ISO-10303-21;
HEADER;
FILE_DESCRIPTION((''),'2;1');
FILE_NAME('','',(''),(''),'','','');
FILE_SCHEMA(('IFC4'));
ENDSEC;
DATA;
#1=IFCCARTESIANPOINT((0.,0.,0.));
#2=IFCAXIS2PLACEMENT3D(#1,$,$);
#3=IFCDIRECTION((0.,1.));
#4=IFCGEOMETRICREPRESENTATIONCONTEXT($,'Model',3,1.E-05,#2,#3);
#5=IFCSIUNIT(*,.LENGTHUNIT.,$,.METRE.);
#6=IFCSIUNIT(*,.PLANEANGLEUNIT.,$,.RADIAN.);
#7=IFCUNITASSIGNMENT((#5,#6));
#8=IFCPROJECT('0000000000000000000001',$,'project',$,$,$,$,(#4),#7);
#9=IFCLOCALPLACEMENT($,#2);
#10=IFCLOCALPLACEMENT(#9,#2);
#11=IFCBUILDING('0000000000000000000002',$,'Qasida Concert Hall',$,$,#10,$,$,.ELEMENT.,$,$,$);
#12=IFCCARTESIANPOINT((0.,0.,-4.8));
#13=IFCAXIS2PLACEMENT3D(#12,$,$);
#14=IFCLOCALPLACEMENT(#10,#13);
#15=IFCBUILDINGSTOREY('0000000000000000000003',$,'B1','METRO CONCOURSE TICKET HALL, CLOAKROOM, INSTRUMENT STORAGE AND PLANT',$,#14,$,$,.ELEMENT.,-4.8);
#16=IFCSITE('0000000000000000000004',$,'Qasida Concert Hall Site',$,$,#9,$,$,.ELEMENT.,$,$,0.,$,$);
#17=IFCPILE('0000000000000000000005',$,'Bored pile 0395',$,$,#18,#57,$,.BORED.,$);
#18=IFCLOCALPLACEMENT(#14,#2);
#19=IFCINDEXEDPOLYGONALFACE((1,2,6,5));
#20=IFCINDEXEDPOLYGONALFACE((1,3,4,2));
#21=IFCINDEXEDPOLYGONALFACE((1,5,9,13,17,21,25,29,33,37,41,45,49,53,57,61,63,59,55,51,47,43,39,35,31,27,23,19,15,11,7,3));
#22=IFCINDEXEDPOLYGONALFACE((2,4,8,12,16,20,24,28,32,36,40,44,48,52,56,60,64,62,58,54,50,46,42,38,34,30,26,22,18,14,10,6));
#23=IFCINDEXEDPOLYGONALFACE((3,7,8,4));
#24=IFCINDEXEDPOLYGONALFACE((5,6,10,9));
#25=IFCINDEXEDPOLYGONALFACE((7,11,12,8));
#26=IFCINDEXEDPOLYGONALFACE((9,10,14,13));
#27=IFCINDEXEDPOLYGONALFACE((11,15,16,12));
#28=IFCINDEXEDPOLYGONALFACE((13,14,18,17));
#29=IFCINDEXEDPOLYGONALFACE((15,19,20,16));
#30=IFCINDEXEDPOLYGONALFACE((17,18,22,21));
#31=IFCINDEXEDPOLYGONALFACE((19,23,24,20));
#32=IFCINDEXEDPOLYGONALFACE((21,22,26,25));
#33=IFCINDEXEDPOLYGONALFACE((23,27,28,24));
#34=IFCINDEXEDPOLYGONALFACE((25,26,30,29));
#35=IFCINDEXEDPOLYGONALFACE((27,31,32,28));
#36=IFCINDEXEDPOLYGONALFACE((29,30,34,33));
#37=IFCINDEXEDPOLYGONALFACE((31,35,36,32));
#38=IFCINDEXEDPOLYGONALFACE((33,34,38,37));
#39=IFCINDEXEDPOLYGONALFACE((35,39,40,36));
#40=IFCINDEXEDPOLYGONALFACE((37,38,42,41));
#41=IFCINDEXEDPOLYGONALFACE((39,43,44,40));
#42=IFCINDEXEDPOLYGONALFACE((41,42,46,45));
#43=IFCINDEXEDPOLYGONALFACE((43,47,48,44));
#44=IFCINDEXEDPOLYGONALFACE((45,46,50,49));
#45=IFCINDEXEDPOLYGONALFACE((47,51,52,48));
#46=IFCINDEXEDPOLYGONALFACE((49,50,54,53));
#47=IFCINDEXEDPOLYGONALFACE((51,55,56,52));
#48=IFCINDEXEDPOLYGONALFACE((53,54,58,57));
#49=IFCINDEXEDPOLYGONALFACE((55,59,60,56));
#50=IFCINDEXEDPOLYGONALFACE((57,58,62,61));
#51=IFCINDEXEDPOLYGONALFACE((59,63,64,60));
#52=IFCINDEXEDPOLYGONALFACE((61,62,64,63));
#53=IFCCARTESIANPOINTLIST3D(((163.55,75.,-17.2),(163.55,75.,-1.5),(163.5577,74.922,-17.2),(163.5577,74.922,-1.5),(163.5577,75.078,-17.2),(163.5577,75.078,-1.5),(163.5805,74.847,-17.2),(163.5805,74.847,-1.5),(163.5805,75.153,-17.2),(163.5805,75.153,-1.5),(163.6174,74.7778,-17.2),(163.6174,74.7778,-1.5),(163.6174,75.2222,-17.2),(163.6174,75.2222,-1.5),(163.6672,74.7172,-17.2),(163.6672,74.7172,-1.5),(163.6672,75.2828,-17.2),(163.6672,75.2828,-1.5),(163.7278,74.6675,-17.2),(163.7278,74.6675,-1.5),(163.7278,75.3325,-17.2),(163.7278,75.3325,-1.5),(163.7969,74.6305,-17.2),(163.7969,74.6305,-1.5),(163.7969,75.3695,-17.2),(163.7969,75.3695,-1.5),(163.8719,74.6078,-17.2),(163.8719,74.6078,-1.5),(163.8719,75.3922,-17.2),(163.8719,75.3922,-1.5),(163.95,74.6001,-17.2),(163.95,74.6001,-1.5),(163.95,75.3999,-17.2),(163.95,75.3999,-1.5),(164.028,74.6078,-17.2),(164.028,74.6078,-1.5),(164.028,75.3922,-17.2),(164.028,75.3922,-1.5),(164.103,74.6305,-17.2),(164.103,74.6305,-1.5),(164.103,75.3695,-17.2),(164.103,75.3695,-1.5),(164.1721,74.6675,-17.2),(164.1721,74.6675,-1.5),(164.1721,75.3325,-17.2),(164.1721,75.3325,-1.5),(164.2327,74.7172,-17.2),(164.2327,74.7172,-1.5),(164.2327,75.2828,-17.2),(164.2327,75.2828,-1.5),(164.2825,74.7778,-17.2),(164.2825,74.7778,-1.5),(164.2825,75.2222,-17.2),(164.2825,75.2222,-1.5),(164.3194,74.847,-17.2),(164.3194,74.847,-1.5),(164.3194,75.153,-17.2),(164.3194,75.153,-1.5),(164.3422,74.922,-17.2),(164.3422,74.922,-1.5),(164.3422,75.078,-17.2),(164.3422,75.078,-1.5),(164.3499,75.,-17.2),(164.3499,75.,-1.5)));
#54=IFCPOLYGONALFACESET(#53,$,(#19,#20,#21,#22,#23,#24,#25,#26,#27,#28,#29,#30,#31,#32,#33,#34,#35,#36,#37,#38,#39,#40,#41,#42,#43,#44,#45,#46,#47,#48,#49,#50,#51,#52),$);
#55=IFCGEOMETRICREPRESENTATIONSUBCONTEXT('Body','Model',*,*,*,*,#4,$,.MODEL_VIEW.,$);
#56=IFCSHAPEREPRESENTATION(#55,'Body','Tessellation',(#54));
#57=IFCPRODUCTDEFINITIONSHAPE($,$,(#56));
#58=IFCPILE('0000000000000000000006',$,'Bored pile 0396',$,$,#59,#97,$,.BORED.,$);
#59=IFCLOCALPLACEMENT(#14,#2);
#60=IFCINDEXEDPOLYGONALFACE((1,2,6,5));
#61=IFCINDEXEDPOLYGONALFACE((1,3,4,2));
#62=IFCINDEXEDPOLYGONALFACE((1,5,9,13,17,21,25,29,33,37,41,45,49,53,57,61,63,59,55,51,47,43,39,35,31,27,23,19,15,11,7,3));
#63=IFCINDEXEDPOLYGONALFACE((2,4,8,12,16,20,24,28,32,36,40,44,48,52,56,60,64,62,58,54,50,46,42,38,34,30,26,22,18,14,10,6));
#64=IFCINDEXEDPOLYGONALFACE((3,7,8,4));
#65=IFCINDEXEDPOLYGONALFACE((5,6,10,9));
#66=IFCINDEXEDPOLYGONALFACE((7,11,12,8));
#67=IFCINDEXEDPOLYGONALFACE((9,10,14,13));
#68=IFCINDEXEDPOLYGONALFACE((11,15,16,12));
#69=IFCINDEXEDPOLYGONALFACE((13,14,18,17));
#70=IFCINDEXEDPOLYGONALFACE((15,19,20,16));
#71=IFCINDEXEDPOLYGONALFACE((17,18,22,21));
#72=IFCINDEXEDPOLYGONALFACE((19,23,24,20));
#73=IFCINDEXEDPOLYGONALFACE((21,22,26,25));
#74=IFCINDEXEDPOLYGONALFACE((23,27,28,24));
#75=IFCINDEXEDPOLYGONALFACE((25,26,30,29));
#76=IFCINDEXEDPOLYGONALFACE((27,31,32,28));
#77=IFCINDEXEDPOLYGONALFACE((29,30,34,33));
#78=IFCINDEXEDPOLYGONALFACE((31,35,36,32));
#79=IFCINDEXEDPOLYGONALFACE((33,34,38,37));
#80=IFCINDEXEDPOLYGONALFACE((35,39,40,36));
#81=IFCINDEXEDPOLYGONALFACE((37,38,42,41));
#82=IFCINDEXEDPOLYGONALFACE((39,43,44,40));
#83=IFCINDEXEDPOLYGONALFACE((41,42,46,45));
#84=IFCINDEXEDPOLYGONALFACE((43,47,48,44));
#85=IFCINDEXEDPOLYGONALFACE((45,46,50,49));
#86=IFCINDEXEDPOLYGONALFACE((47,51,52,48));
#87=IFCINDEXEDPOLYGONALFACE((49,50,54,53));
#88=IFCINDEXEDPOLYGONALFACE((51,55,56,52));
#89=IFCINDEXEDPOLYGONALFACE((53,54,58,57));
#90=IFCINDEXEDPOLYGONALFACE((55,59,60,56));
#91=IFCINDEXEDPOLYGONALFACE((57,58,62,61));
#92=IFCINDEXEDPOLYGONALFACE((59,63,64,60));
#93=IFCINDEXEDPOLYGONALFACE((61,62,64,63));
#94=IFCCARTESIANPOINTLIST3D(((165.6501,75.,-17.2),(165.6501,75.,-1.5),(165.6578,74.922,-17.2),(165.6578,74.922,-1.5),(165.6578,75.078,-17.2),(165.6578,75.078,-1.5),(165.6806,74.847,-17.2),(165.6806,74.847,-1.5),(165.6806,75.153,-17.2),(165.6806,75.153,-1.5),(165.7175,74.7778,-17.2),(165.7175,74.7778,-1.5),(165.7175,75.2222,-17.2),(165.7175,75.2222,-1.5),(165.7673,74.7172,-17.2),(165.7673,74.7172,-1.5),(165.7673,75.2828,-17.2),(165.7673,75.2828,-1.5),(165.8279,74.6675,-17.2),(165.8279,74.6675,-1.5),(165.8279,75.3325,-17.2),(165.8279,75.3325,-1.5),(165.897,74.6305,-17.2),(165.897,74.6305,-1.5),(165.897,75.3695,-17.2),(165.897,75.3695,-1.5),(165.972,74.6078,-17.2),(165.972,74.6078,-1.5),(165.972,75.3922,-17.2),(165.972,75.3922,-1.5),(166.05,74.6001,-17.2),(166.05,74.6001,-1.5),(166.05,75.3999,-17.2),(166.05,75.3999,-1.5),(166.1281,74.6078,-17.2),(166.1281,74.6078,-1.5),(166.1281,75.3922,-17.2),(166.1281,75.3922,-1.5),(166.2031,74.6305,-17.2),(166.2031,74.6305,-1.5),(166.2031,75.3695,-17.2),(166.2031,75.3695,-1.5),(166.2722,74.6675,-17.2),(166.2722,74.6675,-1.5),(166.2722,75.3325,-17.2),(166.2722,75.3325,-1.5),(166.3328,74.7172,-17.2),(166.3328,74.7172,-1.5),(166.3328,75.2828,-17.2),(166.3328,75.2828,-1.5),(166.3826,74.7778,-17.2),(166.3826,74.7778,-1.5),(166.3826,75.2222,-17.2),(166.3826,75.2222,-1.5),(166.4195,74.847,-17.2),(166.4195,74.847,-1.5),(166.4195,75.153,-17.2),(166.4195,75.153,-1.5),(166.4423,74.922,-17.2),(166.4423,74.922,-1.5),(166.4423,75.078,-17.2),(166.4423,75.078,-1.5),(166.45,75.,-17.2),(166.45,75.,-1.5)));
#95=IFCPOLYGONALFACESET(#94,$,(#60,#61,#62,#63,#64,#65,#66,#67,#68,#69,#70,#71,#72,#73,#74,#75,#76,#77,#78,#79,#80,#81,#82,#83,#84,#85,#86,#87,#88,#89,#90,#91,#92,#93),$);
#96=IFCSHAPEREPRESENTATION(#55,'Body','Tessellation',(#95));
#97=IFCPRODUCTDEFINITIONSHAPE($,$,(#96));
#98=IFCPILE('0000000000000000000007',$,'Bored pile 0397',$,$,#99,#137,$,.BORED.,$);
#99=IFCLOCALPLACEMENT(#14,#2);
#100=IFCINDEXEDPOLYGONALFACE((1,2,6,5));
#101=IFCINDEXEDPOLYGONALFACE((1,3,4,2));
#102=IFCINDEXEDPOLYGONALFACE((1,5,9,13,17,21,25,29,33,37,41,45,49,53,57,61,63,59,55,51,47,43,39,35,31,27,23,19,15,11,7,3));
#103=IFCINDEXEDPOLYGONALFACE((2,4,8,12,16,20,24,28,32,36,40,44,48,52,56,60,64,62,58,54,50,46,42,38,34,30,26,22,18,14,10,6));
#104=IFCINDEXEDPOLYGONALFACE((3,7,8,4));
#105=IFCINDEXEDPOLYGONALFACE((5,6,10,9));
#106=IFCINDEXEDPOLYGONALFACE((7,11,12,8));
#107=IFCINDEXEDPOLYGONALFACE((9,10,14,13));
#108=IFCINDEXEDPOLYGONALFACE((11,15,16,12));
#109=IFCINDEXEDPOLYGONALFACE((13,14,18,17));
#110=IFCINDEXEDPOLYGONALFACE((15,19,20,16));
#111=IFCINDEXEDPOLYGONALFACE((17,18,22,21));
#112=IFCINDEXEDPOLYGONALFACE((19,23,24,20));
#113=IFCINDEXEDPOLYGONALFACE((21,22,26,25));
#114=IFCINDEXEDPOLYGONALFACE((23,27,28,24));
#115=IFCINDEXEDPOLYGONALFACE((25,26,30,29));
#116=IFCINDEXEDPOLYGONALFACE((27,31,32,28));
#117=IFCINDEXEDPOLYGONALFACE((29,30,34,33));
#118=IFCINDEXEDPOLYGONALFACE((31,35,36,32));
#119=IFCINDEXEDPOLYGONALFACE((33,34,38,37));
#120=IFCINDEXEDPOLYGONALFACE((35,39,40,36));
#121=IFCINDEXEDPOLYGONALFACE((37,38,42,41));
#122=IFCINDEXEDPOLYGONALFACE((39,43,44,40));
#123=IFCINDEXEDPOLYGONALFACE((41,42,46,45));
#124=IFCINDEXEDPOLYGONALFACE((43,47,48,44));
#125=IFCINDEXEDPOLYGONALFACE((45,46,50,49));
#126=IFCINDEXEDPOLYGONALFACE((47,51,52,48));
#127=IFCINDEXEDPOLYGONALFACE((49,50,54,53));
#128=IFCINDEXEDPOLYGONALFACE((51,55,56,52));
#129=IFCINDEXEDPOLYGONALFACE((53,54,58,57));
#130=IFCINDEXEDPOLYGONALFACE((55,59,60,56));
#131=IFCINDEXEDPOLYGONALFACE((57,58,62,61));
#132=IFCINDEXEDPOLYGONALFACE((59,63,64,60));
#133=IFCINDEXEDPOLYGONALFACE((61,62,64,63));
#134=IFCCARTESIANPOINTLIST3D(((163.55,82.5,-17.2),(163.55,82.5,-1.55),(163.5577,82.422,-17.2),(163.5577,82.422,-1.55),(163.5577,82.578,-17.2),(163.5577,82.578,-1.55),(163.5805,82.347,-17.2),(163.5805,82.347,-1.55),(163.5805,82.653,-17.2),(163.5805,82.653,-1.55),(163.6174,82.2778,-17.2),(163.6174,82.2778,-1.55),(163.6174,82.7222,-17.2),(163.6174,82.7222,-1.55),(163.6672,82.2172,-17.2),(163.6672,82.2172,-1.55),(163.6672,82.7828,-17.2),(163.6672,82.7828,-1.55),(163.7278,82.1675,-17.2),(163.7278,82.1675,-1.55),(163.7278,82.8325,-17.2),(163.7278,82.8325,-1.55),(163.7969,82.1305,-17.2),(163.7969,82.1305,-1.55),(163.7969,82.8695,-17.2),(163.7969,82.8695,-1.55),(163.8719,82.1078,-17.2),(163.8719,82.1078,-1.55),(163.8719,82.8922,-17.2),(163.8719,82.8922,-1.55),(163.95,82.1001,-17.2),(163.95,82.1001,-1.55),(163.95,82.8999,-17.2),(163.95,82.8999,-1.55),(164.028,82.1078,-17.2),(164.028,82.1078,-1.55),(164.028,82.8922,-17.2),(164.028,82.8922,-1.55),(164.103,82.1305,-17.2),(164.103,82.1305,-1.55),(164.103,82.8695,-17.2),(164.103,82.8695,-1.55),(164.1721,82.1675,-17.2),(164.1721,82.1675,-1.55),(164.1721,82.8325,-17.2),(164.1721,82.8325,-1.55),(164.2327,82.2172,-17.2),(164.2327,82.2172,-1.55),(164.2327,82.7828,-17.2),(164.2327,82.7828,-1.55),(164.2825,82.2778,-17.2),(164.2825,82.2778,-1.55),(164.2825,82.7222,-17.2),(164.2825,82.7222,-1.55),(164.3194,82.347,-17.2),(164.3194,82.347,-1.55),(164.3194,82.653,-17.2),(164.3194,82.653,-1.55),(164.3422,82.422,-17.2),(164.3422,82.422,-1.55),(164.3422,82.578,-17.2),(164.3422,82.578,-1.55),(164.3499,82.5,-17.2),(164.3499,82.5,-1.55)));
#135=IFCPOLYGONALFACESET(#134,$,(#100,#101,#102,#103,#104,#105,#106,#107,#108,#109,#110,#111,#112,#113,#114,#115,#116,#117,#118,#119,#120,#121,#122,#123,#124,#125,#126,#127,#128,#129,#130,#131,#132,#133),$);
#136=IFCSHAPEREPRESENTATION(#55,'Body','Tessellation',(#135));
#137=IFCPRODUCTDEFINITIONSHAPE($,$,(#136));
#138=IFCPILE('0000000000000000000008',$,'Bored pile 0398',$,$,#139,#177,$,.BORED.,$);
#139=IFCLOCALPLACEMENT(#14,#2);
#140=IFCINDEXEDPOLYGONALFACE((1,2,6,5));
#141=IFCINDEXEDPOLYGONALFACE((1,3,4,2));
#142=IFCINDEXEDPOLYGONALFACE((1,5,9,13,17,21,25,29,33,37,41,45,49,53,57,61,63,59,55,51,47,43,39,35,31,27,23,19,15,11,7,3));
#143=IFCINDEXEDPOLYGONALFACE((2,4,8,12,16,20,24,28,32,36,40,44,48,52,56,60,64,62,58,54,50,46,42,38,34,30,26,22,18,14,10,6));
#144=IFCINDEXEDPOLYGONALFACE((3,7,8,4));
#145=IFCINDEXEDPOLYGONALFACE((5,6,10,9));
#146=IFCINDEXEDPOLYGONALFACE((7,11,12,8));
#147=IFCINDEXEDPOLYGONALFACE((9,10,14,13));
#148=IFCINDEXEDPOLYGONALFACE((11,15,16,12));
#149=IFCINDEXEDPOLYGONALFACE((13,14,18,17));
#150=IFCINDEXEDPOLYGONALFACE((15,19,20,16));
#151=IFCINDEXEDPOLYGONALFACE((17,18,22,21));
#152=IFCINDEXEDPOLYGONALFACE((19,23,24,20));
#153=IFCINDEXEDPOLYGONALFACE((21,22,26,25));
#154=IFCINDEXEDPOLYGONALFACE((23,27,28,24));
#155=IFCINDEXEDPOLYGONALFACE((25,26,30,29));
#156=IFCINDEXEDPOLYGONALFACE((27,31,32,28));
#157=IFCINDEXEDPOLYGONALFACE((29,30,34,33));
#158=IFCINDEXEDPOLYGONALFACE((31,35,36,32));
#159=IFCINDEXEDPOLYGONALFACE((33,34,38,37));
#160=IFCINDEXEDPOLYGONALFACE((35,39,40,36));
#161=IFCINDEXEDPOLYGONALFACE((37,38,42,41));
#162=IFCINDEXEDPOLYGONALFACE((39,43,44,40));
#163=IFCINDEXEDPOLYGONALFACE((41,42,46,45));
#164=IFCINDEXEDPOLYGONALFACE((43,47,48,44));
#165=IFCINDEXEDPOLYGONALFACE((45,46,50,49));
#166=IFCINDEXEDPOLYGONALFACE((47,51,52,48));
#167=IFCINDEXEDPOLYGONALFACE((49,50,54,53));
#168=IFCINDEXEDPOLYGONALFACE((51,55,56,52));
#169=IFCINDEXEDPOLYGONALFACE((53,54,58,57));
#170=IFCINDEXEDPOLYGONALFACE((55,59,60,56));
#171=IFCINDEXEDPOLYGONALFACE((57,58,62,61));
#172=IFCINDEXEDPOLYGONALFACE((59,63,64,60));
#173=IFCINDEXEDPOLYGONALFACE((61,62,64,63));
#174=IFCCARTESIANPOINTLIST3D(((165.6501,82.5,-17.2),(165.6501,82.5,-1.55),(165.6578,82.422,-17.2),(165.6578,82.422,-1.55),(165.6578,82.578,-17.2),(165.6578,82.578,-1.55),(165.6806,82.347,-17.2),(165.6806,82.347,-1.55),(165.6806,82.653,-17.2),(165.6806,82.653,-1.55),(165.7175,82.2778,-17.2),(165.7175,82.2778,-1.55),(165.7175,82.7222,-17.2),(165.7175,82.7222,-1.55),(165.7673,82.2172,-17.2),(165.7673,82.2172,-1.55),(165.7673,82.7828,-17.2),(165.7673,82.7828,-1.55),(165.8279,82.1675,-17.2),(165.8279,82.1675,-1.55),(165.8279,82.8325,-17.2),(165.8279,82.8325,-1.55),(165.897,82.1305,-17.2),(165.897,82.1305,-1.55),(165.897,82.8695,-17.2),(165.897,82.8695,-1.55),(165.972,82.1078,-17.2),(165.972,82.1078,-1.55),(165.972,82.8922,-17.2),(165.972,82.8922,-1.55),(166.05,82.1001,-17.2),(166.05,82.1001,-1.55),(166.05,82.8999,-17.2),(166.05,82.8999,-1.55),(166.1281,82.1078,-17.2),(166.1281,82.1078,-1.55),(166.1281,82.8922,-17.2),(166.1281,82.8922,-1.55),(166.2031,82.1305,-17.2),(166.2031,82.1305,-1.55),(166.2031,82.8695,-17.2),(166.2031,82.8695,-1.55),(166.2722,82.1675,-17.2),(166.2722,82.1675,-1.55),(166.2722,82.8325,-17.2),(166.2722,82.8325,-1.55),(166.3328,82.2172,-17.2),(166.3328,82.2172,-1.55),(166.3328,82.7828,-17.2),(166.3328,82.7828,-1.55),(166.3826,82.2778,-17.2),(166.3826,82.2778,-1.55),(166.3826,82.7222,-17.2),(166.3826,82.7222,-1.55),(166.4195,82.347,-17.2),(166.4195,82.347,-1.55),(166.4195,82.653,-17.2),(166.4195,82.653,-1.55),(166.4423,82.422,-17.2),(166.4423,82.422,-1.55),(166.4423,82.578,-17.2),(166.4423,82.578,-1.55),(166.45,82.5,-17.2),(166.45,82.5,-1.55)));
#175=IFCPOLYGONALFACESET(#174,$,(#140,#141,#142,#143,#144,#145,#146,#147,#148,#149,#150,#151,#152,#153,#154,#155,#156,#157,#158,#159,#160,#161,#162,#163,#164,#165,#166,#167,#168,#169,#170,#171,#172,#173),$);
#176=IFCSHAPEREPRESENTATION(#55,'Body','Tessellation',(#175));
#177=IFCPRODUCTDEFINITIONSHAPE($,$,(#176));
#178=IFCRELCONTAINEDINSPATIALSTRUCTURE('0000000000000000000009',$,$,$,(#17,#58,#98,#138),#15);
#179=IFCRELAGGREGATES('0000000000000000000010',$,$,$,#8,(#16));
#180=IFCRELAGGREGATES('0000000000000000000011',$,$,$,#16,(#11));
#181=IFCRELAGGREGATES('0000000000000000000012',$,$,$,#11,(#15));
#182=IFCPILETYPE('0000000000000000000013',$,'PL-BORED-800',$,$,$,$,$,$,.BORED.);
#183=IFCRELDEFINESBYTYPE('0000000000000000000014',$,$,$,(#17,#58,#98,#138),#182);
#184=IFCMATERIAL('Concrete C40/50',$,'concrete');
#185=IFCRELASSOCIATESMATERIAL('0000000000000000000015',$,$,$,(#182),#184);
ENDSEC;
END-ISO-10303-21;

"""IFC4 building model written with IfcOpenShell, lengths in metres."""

from ifc_helpers import new_model, si_unit, direction, frame, origin, origin_2d, place, context, subcontext, project, spatial, circle, extrude, material, material_profile, profile_set, type_object, element, save


model = new_model("IFC4")

# Units and contexts
model_context = context("Model", 3, precision=1e-05, world=origin(), true_north=direction((0.0, 1.0)))
body_context = subcontext(model_context, "Body", "Model", "MODEL_VIEW")
ifc_project = project(units=[si_unit("LENGTHUNIT", "METRE"), si_unit("PLANEANGLEUNIT", "RADIAN")], contexts=[model_context])

# Site, building, storey
site_placement = place(None, origin())
site = spatial("IfcSite", under=ifc_project, at=site_placement, Name="Qasida Concert Hall Site", CompositionType="ELEMENT", RefElevation=0.0)
building_placement = place(site_placement, origin())
building = spatial("IfcBuilding", under=site, at=building_placement, Name="Qasida Concert Hall", CompositionType="ELEMENT")
storey_placement = place(building_placement, frame((0.0, 0.0, -4.8)))
storey = spatial("IfcBuildingStorey", under=building, at=storey_placement, Name="B1", Description="METRO CONCOURSE TICKET HALL, CLOAKROOM, INSTRUMENT STORAGE AND PLANT", CompositionType="ELEMENT", Elevation=-4.8)

# Shared definitions
ifc_material_1 = material(Name="Concrete C40/50", Category="concrete")

# Piles
ifc_material_profile_1 = material_profile(ifc_material_1, circle(Radius=0.3999, at=origin_2d()), Name="BORED PILE D800")
ifc_profile_set_1 = profile_set([ifc_material_profile_1], Name="Concrete C40/50")
pile_type = type_object("IfcPileType", Name="PL-BORED-800", PredefinedType="BORED", material=ifc_profile_set_1)
for number, where, z_axis, x_axis, name in (
    (1, (163.95, 75.0, -1.5), (0.0, 0.0, -1.0), (1.0, 0.0, 0.0), "Bored pile 0395"),
    (2, (166.05, 75.0, -1.5), (0.0, 0.0, -1.0), (1.0, 0.0, 0.0), "Bored pile 0396"),
):
    element("IfcPile", number, at=place(storey_placement, frame(where, z_axis=z_axis, x_axis=x_axis)), inside=storey, type_object=pile_type, Name=name, PredefinedType="BORED", context=body_context, shape_type="SweptSolid", body=[
        extrude(circle(Radius=0.3999, at=origin_2d()), origin(), (0.0, 0.0, 1.0), 15.7),
    ])
for number, where, z_axis, x_axis, name in (
    (3, (163.95, 82.5, -1.55), (0.0, 0.0, -1.0), (1.0, 0.0, 0.0), "Bored pile 0397"),
    (4, (166.05, 82.5, -1.55), (0.0, 0.0, -1.0), (1.0, 0.0, 0.0), "Bored pile 0398"),
):
    element("IfcPile", number, at=place(storey_placement, frame(where, z_axis=z_axis, x_axis=x_axis)), inside=storey, type_object=pile_type, Name=name, PredefinedType="BORED", context=body_context, shape_type="SweptSolid", body=[
        extrude(circle(Radius=0.3999, at=origin_2d()), origin(), (0.0, 0.0, 1.0), 15.6499),
    ])

save(model, "model.ifc")
